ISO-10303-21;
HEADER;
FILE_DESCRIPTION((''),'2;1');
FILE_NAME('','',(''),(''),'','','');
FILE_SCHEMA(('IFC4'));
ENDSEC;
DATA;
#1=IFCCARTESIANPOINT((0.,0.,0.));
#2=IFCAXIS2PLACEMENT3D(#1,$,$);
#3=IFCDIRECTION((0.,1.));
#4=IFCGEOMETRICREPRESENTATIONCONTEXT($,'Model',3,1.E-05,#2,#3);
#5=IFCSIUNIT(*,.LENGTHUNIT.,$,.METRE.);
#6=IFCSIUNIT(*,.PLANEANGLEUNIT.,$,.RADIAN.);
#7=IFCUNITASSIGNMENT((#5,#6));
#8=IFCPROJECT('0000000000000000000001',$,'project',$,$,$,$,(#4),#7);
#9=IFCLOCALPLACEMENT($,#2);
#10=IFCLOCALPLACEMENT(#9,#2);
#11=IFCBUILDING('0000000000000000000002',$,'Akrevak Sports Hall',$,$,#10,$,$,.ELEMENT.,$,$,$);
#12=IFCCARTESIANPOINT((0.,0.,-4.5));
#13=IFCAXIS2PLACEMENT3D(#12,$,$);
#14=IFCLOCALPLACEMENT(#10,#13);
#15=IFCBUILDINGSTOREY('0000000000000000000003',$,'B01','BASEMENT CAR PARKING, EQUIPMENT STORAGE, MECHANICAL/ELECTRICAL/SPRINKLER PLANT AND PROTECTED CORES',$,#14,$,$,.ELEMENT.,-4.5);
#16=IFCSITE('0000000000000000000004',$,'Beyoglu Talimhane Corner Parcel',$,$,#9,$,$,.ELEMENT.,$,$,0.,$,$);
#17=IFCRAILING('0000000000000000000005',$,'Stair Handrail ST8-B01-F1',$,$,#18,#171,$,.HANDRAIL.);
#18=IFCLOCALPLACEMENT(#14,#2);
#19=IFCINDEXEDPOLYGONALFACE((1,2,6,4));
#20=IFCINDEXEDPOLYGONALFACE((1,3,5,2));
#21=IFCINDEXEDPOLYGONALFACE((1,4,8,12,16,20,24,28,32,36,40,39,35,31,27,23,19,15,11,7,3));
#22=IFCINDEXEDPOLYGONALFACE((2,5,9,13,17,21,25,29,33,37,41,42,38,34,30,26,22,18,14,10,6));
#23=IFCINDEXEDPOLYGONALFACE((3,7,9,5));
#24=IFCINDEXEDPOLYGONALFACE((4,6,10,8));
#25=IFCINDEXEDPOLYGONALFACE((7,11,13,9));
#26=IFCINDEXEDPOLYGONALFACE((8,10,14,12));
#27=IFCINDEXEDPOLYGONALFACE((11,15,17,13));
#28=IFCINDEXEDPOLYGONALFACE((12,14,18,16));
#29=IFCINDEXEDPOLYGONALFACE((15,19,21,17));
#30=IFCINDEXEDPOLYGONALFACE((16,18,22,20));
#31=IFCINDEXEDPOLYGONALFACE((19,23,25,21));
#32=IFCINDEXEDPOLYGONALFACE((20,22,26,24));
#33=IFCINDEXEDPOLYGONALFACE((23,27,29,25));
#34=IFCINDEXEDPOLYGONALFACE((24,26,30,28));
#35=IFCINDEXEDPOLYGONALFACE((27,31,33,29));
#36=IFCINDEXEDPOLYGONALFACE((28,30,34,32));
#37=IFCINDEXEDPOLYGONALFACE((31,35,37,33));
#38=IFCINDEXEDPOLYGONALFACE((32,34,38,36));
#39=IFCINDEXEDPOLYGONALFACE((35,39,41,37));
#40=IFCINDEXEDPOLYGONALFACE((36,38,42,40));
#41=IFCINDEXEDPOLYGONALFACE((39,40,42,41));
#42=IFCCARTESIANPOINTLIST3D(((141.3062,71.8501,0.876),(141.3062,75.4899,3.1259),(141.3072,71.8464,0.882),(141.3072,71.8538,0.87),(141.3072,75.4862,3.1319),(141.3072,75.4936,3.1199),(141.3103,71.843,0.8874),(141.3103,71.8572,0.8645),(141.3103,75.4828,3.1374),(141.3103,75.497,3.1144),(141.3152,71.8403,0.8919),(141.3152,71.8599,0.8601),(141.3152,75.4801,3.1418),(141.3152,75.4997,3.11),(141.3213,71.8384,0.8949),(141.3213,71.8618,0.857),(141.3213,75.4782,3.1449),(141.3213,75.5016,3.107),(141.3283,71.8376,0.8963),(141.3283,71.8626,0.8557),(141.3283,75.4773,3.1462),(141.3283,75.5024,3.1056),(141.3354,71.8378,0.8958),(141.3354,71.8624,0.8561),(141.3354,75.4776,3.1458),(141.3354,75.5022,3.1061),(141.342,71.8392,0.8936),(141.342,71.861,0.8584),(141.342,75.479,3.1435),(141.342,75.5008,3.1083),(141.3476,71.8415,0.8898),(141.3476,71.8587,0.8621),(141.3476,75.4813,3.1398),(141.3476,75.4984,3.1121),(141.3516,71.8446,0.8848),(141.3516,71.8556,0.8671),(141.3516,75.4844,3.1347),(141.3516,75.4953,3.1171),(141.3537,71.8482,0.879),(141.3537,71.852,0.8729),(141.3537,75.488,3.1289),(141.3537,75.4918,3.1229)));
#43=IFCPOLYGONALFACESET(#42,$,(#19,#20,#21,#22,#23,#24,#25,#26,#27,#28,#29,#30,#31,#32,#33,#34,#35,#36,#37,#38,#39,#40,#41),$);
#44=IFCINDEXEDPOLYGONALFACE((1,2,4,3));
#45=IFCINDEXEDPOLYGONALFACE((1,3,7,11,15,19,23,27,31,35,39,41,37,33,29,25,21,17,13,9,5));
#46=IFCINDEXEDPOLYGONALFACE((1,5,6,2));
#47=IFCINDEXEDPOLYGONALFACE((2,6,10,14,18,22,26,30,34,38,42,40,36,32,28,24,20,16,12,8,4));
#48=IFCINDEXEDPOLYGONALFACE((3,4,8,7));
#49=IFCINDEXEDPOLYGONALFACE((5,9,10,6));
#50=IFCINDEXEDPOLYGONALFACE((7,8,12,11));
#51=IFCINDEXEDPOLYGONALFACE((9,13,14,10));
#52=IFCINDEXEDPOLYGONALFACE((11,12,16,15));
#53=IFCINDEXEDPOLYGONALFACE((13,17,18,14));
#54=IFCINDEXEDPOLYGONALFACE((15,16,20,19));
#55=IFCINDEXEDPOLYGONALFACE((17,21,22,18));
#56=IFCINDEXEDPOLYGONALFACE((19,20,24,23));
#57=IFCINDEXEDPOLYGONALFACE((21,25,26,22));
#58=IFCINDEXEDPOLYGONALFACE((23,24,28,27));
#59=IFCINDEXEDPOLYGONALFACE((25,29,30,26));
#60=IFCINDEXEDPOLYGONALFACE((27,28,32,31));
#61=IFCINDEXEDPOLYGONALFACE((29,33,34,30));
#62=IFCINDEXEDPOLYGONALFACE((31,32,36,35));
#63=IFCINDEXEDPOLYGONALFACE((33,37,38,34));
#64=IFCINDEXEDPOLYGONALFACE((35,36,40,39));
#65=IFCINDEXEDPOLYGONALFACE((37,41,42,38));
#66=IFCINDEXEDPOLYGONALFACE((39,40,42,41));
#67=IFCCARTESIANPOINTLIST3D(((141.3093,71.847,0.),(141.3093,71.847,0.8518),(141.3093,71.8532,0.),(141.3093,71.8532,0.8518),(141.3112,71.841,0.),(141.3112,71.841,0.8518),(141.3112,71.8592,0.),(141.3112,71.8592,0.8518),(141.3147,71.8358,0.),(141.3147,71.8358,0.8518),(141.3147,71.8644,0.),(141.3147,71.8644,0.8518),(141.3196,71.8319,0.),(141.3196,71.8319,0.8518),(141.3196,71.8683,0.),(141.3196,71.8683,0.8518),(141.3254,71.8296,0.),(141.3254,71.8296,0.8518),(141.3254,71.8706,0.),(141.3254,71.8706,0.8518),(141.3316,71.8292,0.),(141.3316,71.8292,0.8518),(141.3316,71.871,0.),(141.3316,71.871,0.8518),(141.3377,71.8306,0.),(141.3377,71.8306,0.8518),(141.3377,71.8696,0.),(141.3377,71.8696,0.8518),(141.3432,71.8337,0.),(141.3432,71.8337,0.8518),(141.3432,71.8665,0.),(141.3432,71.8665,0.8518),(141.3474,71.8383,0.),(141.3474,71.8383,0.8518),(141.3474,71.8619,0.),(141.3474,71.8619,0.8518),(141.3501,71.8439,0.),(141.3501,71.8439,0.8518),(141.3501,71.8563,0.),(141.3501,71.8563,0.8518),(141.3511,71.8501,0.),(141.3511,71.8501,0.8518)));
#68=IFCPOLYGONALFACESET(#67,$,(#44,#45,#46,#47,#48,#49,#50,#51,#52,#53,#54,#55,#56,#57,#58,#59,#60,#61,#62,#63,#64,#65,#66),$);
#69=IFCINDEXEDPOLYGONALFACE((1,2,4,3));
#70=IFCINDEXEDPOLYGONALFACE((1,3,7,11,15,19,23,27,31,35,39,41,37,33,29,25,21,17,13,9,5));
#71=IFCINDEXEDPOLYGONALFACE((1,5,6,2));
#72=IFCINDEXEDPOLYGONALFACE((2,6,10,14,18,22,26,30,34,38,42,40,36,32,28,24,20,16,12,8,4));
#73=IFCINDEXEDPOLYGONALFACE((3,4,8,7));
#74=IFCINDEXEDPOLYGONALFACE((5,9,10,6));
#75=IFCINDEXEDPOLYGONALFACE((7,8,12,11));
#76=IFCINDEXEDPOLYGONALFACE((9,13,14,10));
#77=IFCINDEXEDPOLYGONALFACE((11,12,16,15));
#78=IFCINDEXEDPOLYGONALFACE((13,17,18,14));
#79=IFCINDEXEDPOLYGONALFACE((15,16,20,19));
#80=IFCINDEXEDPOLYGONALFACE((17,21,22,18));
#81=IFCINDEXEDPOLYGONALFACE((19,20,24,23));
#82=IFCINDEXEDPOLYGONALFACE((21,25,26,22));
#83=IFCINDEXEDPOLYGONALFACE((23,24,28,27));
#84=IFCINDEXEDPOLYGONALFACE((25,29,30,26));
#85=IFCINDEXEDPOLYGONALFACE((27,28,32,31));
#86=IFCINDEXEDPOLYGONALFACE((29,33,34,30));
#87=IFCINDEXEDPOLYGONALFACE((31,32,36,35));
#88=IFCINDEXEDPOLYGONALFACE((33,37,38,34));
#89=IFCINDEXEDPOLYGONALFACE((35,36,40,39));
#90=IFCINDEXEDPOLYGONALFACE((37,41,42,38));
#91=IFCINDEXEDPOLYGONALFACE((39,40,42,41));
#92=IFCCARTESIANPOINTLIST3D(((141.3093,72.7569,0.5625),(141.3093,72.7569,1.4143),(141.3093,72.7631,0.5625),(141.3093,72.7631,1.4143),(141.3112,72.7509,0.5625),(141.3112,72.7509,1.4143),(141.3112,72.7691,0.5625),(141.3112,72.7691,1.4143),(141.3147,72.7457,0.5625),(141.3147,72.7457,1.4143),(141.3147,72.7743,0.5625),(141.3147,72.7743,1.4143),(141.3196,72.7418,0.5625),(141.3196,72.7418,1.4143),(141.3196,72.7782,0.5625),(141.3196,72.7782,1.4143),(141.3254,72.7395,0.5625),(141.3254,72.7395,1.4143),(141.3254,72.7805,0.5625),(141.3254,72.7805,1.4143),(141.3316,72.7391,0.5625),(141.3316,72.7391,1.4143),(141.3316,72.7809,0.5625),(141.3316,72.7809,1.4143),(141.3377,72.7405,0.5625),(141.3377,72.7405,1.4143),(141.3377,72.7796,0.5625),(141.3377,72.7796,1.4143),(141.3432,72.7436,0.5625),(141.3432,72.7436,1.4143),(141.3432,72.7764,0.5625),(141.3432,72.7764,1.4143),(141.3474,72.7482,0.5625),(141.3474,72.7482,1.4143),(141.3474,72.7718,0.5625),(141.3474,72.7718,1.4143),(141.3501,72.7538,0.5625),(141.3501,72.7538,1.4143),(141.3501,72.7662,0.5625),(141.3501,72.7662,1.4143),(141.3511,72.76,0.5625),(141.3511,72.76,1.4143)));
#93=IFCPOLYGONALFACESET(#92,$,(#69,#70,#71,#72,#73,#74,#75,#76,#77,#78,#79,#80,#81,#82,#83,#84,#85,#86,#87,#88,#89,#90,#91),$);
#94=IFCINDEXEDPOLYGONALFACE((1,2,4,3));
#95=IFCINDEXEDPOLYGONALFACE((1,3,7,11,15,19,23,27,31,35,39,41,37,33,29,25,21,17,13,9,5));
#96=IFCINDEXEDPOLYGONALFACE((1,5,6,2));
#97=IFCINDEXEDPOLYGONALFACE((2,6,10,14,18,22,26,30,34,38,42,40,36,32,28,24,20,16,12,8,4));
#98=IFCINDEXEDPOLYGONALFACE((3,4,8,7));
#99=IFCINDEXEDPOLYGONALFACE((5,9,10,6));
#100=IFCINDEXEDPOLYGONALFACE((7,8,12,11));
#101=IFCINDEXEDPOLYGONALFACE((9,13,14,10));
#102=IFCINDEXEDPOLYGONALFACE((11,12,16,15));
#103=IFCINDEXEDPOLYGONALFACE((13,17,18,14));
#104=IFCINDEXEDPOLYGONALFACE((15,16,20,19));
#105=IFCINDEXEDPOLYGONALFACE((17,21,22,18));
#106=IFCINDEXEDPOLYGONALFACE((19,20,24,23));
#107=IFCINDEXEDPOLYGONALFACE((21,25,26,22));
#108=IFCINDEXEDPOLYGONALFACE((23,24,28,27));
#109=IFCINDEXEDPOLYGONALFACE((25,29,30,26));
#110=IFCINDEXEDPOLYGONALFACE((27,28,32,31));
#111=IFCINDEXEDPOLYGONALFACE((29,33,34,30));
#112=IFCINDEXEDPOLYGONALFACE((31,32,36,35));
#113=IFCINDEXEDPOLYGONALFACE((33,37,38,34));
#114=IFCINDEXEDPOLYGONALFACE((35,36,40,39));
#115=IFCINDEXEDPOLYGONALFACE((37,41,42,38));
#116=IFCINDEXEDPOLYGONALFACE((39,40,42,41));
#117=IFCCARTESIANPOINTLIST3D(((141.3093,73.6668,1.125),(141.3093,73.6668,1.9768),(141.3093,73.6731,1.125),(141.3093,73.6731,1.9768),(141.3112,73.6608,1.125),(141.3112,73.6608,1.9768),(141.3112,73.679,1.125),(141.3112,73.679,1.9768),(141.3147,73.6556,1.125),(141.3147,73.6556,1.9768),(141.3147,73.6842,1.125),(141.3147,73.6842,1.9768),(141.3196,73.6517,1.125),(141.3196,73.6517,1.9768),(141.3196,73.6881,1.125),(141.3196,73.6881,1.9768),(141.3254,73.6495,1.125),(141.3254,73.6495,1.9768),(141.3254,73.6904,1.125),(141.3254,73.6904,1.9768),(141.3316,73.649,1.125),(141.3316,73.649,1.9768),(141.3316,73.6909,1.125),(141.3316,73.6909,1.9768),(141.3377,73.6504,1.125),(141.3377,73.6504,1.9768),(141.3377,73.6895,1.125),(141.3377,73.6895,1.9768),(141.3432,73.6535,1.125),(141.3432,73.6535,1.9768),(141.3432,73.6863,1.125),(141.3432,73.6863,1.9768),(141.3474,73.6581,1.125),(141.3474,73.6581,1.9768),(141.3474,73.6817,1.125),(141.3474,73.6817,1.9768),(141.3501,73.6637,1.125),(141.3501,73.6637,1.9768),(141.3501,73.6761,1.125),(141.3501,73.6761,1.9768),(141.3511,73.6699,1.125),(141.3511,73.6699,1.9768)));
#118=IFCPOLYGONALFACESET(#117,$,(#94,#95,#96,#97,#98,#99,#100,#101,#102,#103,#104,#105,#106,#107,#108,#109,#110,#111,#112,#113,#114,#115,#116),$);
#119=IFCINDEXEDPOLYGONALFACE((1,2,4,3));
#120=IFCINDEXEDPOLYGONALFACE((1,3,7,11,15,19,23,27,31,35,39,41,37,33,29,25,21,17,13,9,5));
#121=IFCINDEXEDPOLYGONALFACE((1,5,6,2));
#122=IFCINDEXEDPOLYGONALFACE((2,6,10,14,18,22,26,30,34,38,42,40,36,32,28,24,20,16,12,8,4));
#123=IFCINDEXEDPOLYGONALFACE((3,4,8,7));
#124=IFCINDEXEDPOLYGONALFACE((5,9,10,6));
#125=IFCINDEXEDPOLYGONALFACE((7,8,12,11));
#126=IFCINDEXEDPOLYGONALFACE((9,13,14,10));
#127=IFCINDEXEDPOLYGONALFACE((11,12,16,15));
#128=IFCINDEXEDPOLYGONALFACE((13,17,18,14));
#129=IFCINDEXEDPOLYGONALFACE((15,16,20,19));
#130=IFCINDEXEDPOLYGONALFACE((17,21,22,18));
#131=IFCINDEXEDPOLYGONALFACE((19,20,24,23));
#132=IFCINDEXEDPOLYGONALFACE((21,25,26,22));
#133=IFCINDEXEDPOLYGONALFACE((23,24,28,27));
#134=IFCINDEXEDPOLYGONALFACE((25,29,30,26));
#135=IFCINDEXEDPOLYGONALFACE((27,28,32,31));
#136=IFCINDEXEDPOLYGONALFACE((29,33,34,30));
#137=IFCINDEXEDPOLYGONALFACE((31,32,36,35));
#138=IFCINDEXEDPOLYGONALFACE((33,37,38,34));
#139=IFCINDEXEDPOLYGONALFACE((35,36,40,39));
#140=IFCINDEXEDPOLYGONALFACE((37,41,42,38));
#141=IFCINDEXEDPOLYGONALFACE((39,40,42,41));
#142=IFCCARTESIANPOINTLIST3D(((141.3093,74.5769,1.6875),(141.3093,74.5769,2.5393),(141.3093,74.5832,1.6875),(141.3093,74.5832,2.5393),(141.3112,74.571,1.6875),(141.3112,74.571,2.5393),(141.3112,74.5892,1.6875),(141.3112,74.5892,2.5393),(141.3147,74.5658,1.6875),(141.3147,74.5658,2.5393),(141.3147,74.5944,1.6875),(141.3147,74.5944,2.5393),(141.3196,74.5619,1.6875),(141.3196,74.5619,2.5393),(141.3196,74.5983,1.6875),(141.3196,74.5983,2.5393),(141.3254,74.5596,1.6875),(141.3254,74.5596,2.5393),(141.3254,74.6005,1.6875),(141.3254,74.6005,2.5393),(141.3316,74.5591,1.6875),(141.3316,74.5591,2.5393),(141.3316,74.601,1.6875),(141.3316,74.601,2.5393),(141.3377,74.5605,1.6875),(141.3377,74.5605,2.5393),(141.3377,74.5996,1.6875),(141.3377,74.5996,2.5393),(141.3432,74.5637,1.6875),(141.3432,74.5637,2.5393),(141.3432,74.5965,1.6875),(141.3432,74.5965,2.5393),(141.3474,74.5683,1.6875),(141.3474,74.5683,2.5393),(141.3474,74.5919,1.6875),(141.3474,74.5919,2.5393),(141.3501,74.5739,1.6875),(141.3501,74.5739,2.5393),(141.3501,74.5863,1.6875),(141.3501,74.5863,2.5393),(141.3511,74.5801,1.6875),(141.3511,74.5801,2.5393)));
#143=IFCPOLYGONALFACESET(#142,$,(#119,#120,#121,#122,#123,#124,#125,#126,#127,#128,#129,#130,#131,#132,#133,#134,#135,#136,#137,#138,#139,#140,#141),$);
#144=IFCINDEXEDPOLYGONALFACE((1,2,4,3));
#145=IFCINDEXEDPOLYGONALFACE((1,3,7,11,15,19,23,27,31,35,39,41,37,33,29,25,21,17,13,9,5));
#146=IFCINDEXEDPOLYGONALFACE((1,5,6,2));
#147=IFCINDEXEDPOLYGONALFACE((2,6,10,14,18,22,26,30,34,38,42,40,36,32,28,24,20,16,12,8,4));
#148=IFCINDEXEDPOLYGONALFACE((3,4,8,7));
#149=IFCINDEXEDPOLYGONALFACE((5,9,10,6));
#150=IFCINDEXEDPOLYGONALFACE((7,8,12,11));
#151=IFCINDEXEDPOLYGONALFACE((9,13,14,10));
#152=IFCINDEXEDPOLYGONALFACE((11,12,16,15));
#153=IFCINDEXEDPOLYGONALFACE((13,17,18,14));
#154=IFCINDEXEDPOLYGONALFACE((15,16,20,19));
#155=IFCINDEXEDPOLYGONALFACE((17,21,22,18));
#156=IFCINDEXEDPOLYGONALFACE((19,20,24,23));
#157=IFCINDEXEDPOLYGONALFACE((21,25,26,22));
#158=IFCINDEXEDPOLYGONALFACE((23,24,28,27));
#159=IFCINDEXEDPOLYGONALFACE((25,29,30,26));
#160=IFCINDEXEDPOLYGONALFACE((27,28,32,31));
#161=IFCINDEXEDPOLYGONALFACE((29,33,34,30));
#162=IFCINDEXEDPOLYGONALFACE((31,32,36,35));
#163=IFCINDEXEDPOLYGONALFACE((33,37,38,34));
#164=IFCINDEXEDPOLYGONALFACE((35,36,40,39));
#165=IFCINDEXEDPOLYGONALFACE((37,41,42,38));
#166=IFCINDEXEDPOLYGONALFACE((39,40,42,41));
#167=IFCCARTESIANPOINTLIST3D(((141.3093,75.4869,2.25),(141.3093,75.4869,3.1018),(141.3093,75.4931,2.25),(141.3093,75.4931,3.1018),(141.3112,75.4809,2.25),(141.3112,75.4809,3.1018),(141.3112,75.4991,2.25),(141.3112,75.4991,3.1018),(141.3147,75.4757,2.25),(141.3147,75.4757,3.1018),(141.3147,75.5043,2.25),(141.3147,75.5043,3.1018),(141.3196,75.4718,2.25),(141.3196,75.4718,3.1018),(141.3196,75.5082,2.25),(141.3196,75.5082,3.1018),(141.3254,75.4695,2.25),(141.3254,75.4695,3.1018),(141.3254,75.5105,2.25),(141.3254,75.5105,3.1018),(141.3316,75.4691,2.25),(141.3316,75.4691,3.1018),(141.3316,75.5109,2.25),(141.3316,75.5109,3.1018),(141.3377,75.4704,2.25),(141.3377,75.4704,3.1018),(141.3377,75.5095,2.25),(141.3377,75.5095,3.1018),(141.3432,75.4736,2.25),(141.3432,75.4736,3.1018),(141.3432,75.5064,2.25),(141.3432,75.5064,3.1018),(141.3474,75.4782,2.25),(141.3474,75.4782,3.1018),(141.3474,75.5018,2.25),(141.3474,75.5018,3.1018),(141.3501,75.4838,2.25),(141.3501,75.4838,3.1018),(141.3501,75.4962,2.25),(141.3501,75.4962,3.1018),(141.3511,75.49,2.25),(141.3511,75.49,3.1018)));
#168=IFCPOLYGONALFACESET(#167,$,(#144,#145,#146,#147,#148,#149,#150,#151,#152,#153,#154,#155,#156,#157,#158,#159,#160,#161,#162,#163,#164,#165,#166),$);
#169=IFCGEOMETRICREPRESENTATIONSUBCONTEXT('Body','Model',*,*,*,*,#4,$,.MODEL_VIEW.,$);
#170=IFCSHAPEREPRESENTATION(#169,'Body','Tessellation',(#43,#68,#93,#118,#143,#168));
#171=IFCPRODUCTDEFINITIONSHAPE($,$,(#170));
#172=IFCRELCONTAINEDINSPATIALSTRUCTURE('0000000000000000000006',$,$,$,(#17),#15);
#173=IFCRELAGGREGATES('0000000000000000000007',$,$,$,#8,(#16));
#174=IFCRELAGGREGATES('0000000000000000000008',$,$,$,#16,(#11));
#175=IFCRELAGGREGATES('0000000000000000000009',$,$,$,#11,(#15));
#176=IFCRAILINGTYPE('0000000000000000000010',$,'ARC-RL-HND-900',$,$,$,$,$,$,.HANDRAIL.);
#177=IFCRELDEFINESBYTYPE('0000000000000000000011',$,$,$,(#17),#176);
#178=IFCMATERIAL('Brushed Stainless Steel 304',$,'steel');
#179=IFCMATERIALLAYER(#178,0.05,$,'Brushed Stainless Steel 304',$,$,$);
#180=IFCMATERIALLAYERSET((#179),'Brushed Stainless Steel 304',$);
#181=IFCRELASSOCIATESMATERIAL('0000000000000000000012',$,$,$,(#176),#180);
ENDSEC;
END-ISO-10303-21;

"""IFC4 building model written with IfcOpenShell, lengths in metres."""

from ifc_helpers import new_model, si_unit, direction, frame, origin, origin_2d, place, context, subcontext, project, spatial, circle, extrude, material, layer, layer_set, type_object, element, save


model = new_model("IFC4")

# Units and contexts
model_context = context("Model", 3, precision=1e-05, world=origin(), true_north=direction((0.0, 1.0)))
body_context = subcontext(model_context, "Body", "Model", "MODEL_VIEW")
ifc_project = project(units=[si_unit("LENGTHUNIT", "METRE"), si_unit("PLANEANGLEUNIT", "RADIAN")], contexts=[model_context])

# Site, building, storey
site_placement = place(None, origin())
site = spatial("IfcSite", under=ifc_project, at=site_placement, Name="Beyoglu Talimhane Corner Parcel", CompositionType="ELEMENT", RefElevation=0.0)
building_placement = place(site_placement, origin())
building = spatial("IfcBuilding", under=site, at=building_placement, Name="Akrevak Sports Hall", CompositionType="ELEMENT")
storey_placement = place(building_placement, frame((0.0, 0.0, -4.5)))
storey = spatial("IfcBuildingStorey", under=building, at=storey_placement, Name="B01", Description="BASEMENT CAR PARKING, EQUIPMENT STORAGE, MECHANICAL/ELECTRICAL/SPRINKLER PLANT AND PROTECTED CORES", CompositionType="ELEMENT", Elevation=-4.5)

# Railing
ifc_material_1 = material(Name="Brushed Stainless Steel 304", Category="steel")
ifc_layer_1 = layer(ifc_material_1, 0.05, Name="Brushed Stainless Steel 304")
ifc_layer_set_1 = layer_set([ifc_layer_1], Name="Brushed Stainless Steel 304")
railing_type_1 = type_object("IfcRailingType", Name="ARC-RL-HND-900", PredefinedType="HANDRAIL", material=ifc_layer_set_1)
railing_1_placement = place(storey_placement, frame((141.3301, 71.8501, 0.0)))
element("IfcRailing", 1, at=railing_1_placement, inside=storey, type_object=railing_type_1, Name="Stair Handrail ST8-B01-F1", PredefinedType="HANDRAIL", context=body_context, shape_type="SweptSolid", body=[
    extrude(circle(Radius=0.0239, at=origin_2d()), frame((0.0, 0.0, 0.876), z_axis=(0.0, 0.850607, 0.525803), x_axis=(-1.0, 0.0, 0.0)), (0.0, 0.0, 1.0), 4.2791),
    extrude(circle(Radius=0.021, at=origin_2d()), origin(), (0.0, 0.0, 1.0), 0.8518),
    extrude(circle(Radius=0.021, at=origin_2d()), frame((0.0, 0.9099, 0.5625)), (0.0, 0.0, 1.0), 0.8518),
    extrude(circle(Radius=0.021, at=origin_2d()), frame((0.0, 1.8198, 1.125)), (0.0, 0.0, 1.0), 0.8518),
    extrude(circle(Radius=0.021, at=origin_2d()), frame((0.0, 2.73, 1.6875)), (0.0, 0.0, 1.0), 0.8518),
    extrude(circle(Radius=0.021, at=origin_2d()), frame((0.0, 3.6399, 2.25)), (0.0, 0.0, 1.0), 0.8518),
])

save(model, "model.ifc")
